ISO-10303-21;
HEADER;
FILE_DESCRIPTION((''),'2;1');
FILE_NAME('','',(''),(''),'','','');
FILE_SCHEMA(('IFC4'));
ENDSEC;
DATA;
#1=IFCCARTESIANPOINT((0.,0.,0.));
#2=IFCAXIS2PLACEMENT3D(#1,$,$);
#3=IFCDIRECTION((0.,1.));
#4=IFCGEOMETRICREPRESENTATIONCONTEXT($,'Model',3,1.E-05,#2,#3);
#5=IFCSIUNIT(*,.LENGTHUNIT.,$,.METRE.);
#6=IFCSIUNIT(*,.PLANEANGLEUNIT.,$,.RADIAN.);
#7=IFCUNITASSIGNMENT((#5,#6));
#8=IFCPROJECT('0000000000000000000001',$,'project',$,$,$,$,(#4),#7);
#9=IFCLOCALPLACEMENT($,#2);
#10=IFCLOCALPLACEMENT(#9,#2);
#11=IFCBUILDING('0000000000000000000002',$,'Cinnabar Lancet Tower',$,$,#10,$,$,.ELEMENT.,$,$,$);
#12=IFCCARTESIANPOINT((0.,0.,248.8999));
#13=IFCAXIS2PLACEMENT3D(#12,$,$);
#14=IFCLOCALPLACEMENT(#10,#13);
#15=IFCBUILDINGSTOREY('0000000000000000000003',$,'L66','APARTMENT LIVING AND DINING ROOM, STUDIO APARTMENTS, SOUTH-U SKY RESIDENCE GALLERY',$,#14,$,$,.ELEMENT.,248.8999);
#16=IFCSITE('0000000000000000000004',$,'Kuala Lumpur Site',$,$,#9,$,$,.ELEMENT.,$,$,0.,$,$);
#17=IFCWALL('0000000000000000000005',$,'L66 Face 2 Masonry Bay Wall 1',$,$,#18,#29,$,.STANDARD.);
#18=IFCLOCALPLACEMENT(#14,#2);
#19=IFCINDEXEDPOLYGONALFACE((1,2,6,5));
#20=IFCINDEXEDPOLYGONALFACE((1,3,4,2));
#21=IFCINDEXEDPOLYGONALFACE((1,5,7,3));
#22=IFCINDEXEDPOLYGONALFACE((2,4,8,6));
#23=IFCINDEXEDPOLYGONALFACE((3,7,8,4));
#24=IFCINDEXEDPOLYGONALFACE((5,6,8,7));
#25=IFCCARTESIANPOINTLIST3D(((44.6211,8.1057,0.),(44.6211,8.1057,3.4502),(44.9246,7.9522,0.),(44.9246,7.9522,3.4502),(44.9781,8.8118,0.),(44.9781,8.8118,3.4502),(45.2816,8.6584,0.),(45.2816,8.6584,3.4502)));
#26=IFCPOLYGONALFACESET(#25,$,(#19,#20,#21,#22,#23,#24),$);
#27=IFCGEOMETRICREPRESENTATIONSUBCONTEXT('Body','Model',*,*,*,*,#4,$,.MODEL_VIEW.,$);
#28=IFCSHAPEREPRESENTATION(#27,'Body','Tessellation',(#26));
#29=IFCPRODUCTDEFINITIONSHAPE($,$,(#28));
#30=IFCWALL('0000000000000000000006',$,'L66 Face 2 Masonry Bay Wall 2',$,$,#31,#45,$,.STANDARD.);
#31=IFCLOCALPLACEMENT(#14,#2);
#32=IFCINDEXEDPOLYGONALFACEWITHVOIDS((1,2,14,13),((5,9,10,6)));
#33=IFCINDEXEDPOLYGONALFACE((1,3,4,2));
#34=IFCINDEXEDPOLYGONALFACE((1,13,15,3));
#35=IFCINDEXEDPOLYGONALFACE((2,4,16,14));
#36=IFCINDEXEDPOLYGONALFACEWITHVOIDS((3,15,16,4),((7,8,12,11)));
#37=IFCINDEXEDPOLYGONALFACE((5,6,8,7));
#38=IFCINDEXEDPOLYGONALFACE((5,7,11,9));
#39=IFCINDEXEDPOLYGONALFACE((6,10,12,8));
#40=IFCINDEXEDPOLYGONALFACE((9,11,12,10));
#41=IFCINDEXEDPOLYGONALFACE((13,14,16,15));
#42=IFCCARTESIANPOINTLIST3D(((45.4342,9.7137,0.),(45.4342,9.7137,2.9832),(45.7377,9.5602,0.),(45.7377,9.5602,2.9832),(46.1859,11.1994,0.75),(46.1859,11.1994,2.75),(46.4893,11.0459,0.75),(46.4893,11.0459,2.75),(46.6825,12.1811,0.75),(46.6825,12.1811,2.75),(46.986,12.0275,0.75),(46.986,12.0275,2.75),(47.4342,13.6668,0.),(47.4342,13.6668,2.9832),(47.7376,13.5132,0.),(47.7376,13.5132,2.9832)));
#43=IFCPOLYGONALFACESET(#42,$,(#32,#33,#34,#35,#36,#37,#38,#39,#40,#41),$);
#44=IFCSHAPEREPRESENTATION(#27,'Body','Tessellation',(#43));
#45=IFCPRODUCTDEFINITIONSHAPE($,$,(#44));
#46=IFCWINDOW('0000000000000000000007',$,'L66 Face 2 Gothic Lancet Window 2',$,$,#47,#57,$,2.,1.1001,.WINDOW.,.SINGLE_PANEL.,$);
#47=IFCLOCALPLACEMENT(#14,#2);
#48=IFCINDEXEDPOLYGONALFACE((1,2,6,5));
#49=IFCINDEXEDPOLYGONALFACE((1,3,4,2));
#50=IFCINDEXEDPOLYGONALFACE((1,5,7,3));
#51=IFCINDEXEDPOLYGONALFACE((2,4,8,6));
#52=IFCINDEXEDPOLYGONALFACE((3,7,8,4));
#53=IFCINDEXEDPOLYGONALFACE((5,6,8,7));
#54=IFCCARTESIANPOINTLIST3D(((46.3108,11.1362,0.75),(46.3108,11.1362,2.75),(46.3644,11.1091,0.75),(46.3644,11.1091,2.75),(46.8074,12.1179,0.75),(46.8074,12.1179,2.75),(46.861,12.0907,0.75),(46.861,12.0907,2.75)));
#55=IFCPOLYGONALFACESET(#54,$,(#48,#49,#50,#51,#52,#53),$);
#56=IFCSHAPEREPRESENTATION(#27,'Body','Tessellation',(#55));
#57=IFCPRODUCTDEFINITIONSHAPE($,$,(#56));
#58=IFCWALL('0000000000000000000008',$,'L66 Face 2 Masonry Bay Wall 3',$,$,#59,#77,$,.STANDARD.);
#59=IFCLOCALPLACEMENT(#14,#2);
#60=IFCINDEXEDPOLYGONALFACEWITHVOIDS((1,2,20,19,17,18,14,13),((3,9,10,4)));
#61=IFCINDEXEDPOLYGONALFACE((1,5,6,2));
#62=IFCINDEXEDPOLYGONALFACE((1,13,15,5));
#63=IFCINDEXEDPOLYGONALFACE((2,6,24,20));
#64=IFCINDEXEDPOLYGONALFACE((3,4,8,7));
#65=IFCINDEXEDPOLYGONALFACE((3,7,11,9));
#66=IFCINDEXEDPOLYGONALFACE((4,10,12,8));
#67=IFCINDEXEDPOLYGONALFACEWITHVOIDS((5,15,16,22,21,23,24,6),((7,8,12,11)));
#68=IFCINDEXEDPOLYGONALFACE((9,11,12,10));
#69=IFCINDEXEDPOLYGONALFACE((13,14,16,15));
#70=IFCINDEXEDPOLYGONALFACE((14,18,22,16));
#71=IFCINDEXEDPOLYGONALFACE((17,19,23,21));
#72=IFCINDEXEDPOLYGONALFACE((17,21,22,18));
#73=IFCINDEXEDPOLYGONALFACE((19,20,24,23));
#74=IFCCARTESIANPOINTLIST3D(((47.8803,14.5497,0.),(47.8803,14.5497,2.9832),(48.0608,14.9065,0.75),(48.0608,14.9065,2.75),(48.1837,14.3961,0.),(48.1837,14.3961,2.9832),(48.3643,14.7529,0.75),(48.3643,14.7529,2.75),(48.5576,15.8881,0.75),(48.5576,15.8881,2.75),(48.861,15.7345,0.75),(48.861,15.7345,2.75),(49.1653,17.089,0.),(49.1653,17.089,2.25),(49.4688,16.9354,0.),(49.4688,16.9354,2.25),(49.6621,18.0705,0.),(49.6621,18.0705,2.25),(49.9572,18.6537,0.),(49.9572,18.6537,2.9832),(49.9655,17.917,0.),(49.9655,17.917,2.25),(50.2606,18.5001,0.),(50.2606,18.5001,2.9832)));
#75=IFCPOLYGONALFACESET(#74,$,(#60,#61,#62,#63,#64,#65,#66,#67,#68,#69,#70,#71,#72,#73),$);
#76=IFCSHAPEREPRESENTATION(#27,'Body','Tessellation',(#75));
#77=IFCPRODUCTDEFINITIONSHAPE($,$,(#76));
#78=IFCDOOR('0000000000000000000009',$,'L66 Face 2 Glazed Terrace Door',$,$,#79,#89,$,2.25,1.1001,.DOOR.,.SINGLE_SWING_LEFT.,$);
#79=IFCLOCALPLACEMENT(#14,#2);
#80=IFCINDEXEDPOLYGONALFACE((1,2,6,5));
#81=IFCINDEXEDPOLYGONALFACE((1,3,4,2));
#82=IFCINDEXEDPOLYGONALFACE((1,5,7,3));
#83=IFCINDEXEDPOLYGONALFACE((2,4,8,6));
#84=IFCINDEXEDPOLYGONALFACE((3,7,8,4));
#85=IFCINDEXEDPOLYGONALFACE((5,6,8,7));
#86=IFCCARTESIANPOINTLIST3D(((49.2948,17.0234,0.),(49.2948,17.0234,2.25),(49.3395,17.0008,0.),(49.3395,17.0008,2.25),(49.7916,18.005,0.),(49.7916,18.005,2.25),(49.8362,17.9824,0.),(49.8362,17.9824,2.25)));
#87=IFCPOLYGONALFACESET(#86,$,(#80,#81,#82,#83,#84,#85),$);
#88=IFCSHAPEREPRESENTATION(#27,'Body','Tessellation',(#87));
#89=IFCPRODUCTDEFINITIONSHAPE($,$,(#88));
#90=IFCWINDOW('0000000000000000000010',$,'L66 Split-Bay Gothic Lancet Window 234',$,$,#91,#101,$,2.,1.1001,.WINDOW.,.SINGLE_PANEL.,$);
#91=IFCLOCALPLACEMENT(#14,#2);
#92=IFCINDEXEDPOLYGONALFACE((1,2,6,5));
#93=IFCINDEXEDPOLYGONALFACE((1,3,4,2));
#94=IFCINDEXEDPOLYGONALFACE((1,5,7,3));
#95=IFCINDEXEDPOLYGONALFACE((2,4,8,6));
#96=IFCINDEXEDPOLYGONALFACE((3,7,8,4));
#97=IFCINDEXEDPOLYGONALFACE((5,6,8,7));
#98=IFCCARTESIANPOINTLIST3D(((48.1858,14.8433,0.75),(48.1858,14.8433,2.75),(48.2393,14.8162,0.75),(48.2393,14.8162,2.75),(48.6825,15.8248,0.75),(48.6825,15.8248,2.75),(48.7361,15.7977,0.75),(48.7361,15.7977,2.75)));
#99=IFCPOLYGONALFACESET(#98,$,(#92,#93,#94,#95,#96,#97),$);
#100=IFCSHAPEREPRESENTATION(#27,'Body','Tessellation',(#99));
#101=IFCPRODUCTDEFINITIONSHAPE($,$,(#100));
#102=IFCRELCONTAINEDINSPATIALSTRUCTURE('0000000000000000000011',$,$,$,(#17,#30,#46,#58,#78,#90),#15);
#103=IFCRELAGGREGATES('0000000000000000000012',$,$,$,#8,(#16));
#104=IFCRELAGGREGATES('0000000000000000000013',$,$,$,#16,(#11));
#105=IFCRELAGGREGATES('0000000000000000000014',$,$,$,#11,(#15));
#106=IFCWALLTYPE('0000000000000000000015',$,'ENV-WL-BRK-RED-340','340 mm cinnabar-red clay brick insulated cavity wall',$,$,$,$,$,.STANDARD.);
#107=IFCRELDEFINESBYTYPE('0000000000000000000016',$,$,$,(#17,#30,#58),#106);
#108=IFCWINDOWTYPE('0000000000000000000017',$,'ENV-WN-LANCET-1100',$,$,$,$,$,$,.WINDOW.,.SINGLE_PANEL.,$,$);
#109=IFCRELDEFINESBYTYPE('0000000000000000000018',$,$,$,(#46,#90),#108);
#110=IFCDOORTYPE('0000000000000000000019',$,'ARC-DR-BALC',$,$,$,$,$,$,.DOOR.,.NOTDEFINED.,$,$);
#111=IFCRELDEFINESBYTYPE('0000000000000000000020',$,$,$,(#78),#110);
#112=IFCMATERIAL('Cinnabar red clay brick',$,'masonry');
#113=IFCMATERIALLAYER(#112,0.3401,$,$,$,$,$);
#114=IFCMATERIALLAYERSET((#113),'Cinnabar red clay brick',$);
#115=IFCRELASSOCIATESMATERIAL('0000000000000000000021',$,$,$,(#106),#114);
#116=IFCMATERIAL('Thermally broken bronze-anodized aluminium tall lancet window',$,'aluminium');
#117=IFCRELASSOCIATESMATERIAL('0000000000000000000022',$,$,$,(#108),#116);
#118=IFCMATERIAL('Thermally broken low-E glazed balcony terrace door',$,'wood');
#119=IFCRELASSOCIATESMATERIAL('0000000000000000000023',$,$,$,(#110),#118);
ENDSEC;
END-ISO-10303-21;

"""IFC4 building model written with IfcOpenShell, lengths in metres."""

from ifc_helpers import new_model, si_unit, direction, frame, frame_2d, origin, place, context, subcontext, project, spatial, rectangle, extrude, material, layer, layer_set, type_object, element, fill, save


model = new_model("IFC4")

# Units and contexts
model_context = context("Model", 3, precision=1e-05, world=origin(), true_north=direction((0.0, 1.0)))
body_context = subcontext(model_context, "Body", "Model", "MODEL_VIEW")
ifc_project = project(units=[si_unit("LENGTHUNIT", "METRE"), si_unit("PLANEANGLEUNIT", "RADIAN")], contexts=[model_context])

# Site, building, storey
site_placement = place(None, origin())
site = spatial("IfcSite", under=ifc_project, at=site_placement, Name="Kuala Lumpur Site", CompositionType="ELEMENT", RefElevation=0.0)
building_placement = place(site_placement, origin())
building = spatial("IfcBuilding", under=site, at=building_placement, Name="Cinnabar Lancet Tower", CompositionType="ELEMENT")
storey_placement = place(building_placement, frame((0.0, 0.0, 248.8999)))
storey = spatial("IfcBuildingStorey", under=building, at=storey_placement, Name="L66", Description="APARTMENT LIVING AND DINING ROOM, STUDIO APARTMENTS, SOUTH-U SKY RESIDENCE GALLERY", CompositionType="ELEMENT", Elevation=248.8999)

# Wall
ifc_material_1 = material(Name="Cinnabar red clay brick", Category="masonry")
ifc_layer_1 = layer(ifc_material_1, 0.3401)
ifc_layer_set_1 = layer_set([ifc_layer_1], Name="Cinnabar red clay brick")
wall_type_1 = type_object("IfcWallType", Name="ENV-WL-BRK-RED-340", Description="340 mm cinnabar-red clay brick insulated cavity wall", PredefinedType="STANDARD", material=ifc_layer_set_1)
wall_1_placement = place(storey_placement, frame((44.7729, 8.0291, 0.0), z_axis=(0.0, 0.0, 1.0), x_axis=(0.451159, 0.892443, 0.0)))
element("IfcWall", 1, at=wall_1_placement, inside=storey, type_object=wall_type_1, Name="L66 Face 2 Masonry Bay Wall 1", PredefinedType="STANDARD", context=body_context, shape_type="SweptSolid", body=[
    extrude(rectangle(XDim=0.7913, YDim=0.3401, at=frame_2d((0.3955, 0.0))), origin(), (0.0, 0.0, 1.0), 3.4502),
])

# Wall, opening, window
wall_2_placement = place(storey_placement, frame((45.5859, 9.637, 0.0), z_axis=(0.0, 0.0, 1.0), x_axis=(0.451441, 0.892301, 0.0)))
wall_2 = element("IfcWall", 2, at=wall_2_placement, inside=storey, type_object=wall_type_1, Name="L66 Face 2 Masonry Bay Wall 2", PredefinedType="STANDARD", context=body_context, shape_type="SweptSolid", body=[
    extrude(rectangle(XDim=4.4302, YDim=0.3401, at=frame_2d((2.2151, 0.0))), origin(), (0.0, 0.0, 1.0), 2.9832),
])
opening_1_placement = place(wall_2_placement, frame((1.665, 0.0, 0.75)))
opening_1 = element("IfcOpeningElement", 3, at=opening_1_placement, cuts=wall_2, PredefinedType="OPENING", context=body_context, shape_type="SweptSolid", body=[
    extrude(rectangle(XDim=1.1001, YDim=2.0, at=frame_2d((0.55, 1.0))), frame((0.0, 0.1799, 0.0), z_axis=(0.0, -1.0, 0.0), x_axis=(1.0, 0.0, 0.0)), (0.0, 0.0, 1.0), 0.3601),
])
ifc_material_2 = material(Name="Thermally broken bronze-anodized aluminium tall lancet window", Category="aluminium")
window_type = type_object("IfcWindowType", Name="ENV-WN-LANCET-1100", PartitioningType="SINGLE_PANEL", PredefinedType="WINDOW", material=ifc_material_2)
window_1_placement = place(opening_1_placement, origin())
window_1 = element("IfcWindow", 4, at=window_1_placement, inside=storey, type_object=window_type, Name="L66 Face 2 Gothic Lancet Window 2", OverallHeight=2.0, OverallWidth=1.1001, PartitioningType="SINGLE_PANEL", PredefinedType="WINDOW", context=body_context, shape_type="SweptSolid", body=[
    extrude(rectangle(XDim=1.1001, YDim=2.0, at=frame_2d((0.55, 1.0))), frame((0.0, 0.03, 0.0), z_axis=(0.0, -1.0, 0.0), x_axis=(1.0, 0.0, 0.0)), (0.0, 0.0, 1.0), 0.0601),
])
fill(opening_1, window_1)

# Wall, openings, door, window
wall_3_placement = place(storey_placement, frame((48.032, 14.4729, 0.0), z_axis=(0.0, 0.0, 1.0), x_axis=(0.45154, 0.892251, 0.0)))
wall_3 = element("IfcWall", 5, at=wall_3_placement, inside=storey, type_object=wall_type_1, Name="L66 Face 2 Masonry Bay Wall 3", PredefinedType="STANDARD", context=body_context, shape_type="SweptSolid", body=[
    extrude(rectangle(XDim=4.5996, YDim=0.3401, at=frame_2d((2.2998, 0.0))), origin(), (0.0, 0.0, 1.0), 2.9832),
])
opening_2_placement = place(wall_3_placement, frame((2.8459, 0.0, 0.0)))
opening_2 = element("IfcOpeningElement", 6, at=opening_2_placement, cuts=wall_3, PredefinedType="OPENING", context=body_context, shape_type="SweptSolid", body=[
    extrude(rectangle(XDim=1.1001, YDim=2.25, at=frame_2d((0.55, 1.125))), frame((0.0, 0.1799, 0.0), z_axis=(0.0, -1.0, 0.0), x_axis=(1.0, 0.0, 0.0)), (0.0, 0.0, 1.0), 0.3601),
])
opening_3_placement = place(wall_3_placement, frame((0.3999, 0.0, 0.75)))
opening_3 = element("IfcOpeningElement", 7, at=opening_3_placement, cuts=wall_3, PredefinedType="OPENING", context=body_context, shape_type="SweptSolid", body=[
    extrude(rectangle(XDim=1.1001, YDim=2.0, at=frame_2d((0.55, 1.0))), frame((0.0, 0.1799, 0.0), z_axis=(0.0, -1.0, 0.0), x_axis=(1.0, 0.0, 0.0)), (0.0, 0.0, 1.0), 0.3601),
])
ifc_material_3 = material(Name="Thermally broken low-E glazed balcony terrace door", Category="wood")
door_type_1 = type_object("IfcDoorType", Name="ARC-DR-BALC", OperationType="NOTDEFINED", PredefinedType="DOOR", material=ifc_material_3)
door_1_placement = place(opening_2_placement, origin())
door_1 = element("IfcDoor", 8, at=door_1_placement, inside=storey, type_object=door_type_1, Name="L66 Face 2 Glazed Terrace Door", OperationType="SINGLE_SWING_LEFT", OverallHeight=2.25, OverallWidth=1.1001, PredefinedType="DOOR", context=body_context, shape_type="SweptSolid", body=[
    extrude(rectangle(XDim=1.1001, YDim=2.25, at=frame_2d((0.55, 1.125))), frame((0.0, 0.0249, 0.0), z_axis=(0.0, -1.0, 0.0), x_axis=(1.0, 0.0, 0.0)), (0.0, 0.0, 1.0), 0.05),
])
fill(opening_2, door_1)
window_2_placement = place(opening_3_placement, origin())
window_2 = element("IfcWindow", 9, at=window_2_placement, inside=storey, type_object=window_type, Name="L66 Split-Bay Gothic Lancet Window 234", OverallHeight=2.0, OverallWidth=1.1001, PartitioningType="SINGLE_PANEL", PredefinedType="WINDOW", context=body_context, shape_type="SweptSolid", body=[
    extrude(rectangle(XDim=1.1001, YDim=2.0, at=frame_2d((0.55, 1.0))), frame((0.0, 0.03, 0.0), z_axis=(0.0, -1.0, 0.0), x_axis=(1.0, 0.0, 0.0)), (0.0, 0.0, 1.0), 0.0601),
])
fill(opening_3, window_2)

save(model, "model.ifc")
